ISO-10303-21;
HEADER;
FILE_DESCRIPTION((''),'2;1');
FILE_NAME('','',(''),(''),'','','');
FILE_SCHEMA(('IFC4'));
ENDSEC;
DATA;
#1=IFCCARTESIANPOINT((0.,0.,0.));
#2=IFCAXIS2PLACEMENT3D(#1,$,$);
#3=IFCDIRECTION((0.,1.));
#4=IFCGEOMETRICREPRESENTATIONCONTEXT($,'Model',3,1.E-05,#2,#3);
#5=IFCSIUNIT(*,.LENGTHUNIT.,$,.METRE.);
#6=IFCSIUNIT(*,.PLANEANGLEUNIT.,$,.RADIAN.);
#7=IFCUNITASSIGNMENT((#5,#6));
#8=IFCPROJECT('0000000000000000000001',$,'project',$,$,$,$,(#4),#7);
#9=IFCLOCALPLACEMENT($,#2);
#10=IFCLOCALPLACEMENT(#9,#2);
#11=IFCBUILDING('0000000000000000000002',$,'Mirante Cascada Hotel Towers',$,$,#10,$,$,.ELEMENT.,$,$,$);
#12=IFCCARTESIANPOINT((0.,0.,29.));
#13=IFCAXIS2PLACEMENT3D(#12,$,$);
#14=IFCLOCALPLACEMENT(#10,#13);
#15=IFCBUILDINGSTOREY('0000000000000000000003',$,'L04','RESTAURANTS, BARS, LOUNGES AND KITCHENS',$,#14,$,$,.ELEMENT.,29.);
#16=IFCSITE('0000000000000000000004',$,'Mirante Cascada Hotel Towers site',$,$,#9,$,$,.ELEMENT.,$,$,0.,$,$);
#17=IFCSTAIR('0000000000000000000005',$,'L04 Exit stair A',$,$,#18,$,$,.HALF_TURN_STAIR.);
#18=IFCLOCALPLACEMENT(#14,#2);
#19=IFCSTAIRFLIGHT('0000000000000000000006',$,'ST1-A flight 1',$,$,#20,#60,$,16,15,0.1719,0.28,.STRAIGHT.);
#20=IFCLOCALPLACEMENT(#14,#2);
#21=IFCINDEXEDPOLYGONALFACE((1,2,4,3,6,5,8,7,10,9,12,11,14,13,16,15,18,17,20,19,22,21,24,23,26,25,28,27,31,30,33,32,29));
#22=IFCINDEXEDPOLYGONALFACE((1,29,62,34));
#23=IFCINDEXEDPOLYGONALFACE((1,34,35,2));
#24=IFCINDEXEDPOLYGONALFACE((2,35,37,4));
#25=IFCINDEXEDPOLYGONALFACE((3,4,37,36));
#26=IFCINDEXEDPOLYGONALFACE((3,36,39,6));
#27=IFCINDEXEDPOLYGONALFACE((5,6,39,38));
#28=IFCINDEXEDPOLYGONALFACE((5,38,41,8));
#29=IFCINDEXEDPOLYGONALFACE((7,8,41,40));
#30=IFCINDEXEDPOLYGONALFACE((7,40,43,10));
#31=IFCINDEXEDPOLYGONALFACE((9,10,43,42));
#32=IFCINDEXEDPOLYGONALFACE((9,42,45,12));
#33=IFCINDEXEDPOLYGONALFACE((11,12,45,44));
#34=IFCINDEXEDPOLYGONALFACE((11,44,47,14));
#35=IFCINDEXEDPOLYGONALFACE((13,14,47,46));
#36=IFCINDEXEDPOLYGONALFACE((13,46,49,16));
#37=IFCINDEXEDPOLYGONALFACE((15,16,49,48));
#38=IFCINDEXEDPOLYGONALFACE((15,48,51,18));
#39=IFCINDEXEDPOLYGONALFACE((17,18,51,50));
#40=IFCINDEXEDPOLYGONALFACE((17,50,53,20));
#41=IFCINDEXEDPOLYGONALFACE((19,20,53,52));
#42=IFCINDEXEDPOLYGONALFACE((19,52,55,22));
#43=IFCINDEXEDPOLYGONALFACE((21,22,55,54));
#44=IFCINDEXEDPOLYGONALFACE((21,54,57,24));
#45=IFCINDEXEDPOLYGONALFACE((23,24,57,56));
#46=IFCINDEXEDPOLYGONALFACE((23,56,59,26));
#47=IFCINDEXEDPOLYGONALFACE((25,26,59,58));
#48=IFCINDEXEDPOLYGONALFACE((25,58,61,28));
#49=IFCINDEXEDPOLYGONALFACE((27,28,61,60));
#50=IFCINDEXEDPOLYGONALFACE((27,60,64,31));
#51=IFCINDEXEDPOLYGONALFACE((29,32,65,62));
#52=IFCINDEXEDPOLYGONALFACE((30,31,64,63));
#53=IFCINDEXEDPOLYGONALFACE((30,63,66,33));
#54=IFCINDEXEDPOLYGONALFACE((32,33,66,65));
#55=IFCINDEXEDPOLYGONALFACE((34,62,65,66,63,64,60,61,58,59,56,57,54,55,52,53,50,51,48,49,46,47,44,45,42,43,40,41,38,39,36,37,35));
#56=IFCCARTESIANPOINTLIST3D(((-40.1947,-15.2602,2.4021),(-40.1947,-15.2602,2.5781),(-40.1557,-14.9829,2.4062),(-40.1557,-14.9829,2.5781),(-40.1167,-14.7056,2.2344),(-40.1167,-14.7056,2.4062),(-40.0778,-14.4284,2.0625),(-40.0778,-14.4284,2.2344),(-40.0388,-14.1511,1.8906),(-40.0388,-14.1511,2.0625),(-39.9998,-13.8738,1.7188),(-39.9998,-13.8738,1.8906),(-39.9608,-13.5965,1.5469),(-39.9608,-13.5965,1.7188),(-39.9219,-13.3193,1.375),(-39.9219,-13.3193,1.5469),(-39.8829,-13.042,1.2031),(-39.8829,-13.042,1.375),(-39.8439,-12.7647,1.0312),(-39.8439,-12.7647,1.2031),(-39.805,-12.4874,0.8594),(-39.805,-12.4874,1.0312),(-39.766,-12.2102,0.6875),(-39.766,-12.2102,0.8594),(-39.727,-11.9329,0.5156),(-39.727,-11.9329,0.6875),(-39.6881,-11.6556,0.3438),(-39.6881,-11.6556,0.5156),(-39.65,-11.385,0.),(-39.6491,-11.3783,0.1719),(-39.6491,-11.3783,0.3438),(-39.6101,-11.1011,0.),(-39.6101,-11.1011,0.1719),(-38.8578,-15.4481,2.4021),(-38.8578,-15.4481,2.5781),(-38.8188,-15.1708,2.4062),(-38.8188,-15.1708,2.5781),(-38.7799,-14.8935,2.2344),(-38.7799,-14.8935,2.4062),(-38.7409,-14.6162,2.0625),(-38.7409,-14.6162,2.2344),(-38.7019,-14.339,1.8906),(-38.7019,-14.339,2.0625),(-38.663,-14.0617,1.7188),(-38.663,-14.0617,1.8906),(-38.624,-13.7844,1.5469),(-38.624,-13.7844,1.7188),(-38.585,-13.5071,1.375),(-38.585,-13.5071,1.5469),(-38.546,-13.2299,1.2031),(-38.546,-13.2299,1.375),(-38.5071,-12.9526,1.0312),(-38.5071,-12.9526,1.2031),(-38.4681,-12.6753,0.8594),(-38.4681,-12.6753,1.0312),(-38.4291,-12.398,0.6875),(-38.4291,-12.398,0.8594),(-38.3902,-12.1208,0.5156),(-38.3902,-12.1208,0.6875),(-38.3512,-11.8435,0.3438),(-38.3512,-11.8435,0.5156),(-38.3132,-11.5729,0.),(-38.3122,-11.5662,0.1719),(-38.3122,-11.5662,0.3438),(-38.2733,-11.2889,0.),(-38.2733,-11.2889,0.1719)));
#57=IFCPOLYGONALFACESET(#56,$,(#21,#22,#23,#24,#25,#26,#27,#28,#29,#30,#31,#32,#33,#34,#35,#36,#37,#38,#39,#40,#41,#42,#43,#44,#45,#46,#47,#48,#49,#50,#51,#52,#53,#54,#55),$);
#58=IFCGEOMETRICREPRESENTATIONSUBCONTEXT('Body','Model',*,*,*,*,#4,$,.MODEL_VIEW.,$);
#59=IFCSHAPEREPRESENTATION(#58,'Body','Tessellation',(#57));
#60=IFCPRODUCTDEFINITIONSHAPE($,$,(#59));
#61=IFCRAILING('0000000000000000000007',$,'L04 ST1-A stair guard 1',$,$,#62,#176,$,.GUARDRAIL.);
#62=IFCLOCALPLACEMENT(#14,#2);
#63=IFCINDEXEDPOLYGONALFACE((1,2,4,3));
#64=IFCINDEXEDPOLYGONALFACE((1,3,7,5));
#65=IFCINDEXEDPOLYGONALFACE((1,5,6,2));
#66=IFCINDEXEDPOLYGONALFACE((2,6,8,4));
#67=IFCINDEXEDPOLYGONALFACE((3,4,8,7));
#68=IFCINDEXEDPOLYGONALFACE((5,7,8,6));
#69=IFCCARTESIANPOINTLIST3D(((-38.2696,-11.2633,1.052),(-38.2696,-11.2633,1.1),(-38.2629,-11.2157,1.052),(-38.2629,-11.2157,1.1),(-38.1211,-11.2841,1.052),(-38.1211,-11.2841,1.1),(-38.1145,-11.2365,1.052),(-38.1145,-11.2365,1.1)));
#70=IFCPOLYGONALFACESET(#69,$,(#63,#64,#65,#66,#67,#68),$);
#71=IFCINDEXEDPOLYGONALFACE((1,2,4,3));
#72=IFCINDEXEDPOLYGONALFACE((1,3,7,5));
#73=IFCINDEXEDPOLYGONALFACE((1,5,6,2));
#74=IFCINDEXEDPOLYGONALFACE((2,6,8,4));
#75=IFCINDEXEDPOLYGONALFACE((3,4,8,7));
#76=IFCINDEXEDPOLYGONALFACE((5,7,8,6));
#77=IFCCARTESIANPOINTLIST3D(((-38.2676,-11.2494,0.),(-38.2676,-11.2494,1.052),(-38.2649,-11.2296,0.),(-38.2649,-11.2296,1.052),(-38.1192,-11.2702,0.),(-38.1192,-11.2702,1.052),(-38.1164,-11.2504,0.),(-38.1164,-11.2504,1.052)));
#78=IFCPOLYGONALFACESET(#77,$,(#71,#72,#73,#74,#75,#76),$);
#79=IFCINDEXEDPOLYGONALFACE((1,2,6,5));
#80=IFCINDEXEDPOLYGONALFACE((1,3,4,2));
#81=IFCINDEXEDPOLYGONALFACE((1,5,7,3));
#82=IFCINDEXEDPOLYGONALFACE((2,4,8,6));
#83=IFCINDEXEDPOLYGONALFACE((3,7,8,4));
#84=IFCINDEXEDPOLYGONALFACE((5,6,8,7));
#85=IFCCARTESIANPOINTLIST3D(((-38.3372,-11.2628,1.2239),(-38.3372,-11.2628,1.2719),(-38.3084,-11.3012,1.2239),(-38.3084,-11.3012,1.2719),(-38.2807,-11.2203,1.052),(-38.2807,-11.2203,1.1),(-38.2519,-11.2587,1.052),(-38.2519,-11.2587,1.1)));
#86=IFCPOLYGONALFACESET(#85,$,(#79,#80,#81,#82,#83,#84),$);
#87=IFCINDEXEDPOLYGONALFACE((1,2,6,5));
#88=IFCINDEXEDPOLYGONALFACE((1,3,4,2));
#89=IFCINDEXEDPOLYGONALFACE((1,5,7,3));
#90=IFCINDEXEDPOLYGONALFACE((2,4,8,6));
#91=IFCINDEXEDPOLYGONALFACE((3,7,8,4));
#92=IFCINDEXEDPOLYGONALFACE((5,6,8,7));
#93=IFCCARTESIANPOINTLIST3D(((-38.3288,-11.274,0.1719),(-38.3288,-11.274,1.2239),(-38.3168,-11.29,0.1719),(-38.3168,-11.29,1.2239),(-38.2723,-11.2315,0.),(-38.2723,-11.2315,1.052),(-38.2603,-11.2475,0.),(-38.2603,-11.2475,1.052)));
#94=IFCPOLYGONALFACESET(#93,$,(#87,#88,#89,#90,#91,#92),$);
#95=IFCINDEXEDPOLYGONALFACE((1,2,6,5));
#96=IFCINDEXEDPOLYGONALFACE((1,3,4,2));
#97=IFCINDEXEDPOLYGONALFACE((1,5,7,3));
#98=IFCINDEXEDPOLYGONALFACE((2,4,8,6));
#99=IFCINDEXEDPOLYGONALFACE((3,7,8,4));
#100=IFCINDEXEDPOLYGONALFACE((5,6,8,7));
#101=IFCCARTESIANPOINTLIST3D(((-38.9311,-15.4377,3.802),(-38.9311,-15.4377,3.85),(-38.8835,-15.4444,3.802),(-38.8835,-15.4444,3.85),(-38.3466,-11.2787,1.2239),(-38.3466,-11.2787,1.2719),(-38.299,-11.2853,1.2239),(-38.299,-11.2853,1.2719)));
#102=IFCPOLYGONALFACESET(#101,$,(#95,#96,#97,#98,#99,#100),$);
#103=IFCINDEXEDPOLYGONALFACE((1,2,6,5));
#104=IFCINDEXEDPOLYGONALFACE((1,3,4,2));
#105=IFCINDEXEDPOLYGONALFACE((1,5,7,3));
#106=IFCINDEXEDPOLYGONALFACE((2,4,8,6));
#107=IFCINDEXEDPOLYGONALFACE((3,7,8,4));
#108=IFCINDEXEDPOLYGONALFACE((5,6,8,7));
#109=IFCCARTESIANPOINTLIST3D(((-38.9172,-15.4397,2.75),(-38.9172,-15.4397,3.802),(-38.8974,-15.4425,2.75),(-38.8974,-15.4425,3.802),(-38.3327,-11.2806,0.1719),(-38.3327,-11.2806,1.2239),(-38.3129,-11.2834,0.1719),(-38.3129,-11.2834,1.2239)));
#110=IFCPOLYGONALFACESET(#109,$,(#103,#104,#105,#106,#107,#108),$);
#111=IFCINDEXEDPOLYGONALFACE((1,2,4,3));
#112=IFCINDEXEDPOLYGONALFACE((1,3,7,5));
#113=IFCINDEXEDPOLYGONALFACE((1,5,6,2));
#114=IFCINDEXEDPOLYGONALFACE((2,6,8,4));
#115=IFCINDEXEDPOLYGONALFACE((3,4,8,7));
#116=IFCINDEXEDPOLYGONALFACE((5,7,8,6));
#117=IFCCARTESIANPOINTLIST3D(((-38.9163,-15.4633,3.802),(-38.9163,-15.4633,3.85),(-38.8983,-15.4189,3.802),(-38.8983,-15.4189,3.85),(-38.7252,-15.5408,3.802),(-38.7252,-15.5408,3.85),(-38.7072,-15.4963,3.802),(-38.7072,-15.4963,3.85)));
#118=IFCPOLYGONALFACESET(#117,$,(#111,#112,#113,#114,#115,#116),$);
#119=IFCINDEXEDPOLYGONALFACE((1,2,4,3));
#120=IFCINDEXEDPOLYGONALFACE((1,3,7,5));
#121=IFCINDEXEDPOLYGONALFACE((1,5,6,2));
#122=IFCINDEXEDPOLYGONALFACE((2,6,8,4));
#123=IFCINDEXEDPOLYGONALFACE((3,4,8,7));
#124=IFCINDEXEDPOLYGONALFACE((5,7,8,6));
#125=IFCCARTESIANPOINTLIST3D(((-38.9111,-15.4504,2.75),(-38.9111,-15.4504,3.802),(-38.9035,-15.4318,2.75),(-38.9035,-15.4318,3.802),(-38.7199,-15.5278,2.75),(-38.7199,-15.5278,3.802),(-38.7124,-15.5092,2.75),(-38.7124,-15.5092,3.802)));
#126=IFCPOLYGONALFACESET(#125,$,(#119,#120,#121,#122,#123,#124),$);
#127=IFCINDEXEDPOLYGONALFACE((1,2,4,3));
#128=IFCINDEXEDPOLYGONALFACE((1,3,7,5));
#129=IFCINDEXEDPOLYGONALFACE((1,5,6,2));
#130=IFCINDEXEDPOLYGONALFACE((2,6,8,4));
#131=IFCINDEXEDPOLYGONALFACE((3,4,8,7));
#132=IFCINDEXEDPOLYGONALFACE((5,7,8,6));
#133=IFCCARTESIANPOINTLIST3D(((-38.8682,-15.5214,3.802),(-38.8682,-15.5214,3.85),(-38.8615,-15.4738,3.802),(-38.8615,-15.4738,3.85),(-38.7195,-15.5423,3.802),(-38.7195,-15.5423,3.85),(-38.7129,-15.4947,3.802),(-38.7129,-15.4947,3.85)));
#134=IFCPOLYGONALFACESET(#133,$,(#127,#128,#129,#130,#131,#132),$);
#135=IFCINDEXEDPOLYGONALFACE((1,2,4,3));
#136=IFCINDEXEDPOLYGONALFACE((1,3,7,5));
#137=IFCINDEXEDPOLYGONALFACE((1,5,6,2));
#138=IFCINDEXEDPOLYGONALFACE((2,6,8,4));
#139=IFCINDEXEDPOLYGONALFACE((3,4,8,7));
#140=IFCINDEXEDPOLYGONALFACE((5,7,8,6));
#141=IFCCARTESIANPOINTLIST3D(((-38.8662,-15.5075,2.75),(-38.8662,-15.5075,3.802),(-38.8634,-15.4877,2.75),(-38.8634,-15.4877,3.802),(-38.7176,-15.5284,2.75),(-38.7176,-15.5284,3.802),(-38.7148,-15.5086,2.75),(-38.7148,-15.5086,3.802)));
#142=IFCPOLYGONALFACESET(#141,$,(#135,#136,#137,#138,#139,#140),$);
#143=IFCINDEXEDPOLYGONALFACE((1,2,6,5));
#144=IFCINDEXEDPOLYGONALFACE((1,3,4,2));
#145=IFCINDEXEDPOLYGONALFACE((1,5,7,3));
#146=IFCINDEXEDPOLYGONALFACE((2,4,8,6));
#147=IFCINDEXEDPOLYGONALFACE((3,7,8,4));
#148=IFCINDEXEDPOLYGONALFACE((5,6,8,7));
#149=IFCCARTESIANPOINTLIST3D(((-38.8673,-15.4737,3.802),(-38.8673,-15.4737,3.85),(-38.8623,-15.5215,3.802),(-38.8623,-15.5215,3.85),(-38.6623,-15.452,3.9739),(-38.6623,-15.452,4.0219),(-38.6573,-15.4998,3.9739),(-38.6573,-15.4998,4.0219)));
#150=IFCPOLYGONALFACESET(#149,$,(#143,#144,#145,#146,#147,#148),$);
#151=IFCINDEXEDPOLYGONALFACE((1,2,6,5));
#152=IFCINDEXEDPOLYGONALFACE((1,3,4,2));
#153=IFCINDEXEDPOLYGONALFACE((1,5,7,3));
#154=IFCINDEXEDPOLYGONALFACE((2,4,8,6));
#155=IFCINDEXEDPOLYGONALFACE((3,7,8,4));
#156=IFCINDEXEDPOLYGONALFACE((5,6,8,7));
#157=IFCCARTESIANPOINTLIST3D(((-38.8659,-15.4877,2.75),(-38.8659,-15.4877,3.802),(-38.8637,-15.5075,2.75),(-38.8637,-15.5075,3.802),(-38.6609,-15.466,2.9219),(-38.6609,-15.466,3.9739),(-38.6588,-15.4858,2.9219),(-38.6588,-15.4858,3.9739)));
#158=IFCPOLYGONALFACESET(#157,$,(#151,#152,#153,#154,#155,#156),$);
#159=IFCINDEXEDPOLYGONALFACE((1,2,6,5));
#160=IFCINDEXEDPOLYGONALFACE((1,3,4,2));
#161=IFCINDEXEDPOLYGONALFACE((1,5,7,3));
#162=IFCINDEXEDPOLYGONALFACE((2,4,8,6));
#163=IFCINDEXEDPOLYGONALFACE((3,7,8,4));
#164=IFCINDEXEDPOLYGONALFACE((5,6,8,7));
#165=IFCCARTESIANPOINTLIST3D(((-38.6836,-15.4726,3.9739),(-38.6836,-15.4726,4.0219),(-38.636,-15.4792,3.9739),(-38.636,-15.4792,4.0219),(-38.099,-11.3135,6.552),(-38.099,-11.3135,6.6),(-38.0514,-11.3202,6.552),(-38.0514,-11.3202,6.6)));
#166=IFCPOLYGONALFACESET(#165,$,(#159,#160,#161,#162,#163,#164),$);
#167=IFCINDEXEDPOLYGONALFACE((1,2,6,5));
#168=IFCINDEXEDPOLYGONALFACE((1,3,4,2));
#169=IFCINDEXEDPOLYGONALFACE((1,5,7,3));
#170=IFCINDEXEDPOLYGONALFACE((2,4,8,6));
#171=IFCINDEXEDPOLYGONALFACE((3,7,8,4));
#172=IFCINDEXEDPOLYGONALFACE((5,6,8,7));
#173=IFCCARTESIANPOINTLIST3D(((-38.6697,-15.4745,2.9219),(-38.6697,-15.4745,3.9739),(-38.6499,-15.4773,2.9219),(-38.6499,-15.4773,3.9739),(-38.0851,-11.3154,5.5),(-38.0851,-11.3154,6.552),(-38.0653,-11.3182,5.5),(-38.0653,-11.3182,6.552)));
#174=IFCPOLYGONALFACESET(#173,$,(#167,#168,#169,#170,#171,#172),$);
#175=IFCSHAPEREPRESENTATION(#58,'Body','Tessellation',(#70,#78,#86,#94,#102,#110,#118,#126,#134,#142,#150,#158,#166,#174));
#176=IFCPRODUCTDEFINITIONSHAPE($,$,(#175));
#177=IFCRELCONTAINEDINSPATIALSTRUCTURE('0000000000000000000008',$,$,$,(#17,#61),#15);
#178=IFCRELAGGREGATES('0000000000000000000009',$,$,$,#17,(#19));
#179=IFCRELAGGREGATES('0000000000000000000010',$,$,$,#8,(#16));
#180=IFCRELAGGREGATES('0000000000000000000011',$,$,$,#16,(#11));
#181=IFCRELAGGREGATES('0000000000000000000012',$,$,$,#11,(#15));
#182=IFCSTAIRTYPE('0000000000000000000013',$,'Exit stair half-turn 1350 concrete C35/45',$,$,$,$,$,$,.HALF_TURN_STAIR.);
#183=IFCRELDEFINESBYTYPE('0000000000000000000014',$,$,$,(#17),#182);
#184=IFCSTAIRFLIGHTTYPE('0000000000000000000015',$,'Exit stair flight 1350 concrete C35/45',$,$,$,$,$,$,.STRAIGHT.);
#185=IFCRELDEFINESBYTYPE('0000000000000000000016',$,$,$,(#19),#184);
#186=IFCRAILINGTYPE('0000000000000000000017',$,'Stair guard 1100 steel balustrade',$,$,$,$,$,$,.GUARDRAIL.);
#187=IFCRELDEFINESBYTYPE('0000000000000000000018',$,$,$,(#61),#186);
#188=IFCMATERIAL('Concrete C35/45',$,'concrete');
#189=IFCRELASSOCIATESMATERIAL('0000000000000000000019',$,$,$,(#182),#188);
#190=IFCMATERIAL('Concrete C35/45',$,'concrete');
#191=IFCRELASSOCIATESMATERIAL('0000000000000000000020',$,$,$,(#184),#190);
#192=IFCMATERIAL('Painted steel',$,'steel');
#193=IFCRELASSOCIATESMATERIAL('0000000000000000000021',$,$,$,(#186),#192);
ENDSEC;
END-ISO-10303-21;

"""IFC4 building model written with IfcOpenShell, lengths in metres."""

from ifc_helpers import new_model, si_unit, direction, frame, origin, origin_2d, place, context, subcontext, project, spatial, polyline, rectangle, outline, extrude, material, type_object, element, aggregate, save


model = new_model("IFC4")

# Units and contexts
model_context = context("Model", 3, precision=1e-05, world=origin(), true_north=direction((0.0, 1.0)))
body_context = subcontext(model_context, "Body", "Model", "MODEL_VIEW")
ifc_project = project(units=[si_unit("LENGTHUNIT", "METRE"), si_unit("PLANEANGLEUNIT", "RADIAN")], contexts=[model_context])

# Site, building, storey
site_placement = place(None, origin())
site = spatial("IfcSite", under=ifc_project, at=site_placement, Name="Mirante Cascada Hotel Towers site", CompositionType="ELEMENT", RefElevation=0.0)
building_placement = place(site_placement, origin())
building = spatial("IfcBuilding", under=site, at=building_placement, Name="Mirante Cascada Hotel Towers", CompositionType="ELEMENT")
storey_placement = place(building_placement, frame((0.0, 0.0, 29.0)))
storey = spatial("IfcBuildingStorey", under=building, at=storey_placement, Name="L04", Description="RESTAURANTS, BARS, LOUNGES AND KITCHENS", CompositionType="ELEMENT", Elevation=29.0)

# Stair, stair flight
ifc_material_1 = material(Name="Concrete C35/45", Category="concrete")
stair_type = type_object("IfcStairType", Name="Exit stair half-turn 1350 concrete C35/45", PredefinedType="HALF_TURN_STAIR", material=ifc_material_1)
stair_placement = place(storey_placement, origin())
stair = element("IfcStair", 1, at=stair_placement, inside=storey, type_object=stair_type, Name="L04 Exit stair A", PredefinedType="HALF_TURN_STAIR")
ifc_material_2 = material(Name="Concrete C35/45", Category="concrete")
stair_flight_type = type_object("IfcStairFlightType", Name="Exit stair flight 1350 concrete C35/45", PredefinedType="STRAIGHT", material=ifc_material_2)
stair_flight_placement = place(storey_placement, frame((-38.9417, -11.195, 0.0), z_axis=(0.0, 0.0, 1.0), x_axis=(-0.139173, -0.990268, 0.0)))
stair_flight = element("IfcStairFlight", 2, at=stair_flight_placement, type_object=stair_flight_type, Name="ST1-A flight 1", NumberOfRisers=16, NumberOfTreads=15, PredefinedType="STRAIGHT", RiserHeight=0.1719, TreadLength=0.28, context=body_context, shape_type="SweptSolid", body=[
    extrude(outline(polyline([(0.0, 0.0), (0.0, 0.1719), (0.28, 0.1719), (0.28, 0.3438), (0.56, 0.3438), (0.56, 0.5156), (0.84, 0.5156), (0.84, 0.6875), (1.12, 0.6875), (1.12, 0.8594), (1.4, 0.8594), (1.4, 1.0312), (1.68, 1.0312), (1.68, 1.2031), (1.96, 1.2031), (1.96, 1.375), (2.24, 1.375), (2.24, 1.5469), (2.52, 1.5469), (2.52, 1.7188), (2.8, 1.7188), (2.8, 1.8906), (3.08, 1.8906), (3.08, 2.0625), (3.36, 2.0625), (3.36, 2.2344), (3.64, 2.2344), (3.64, 2.4062), (3.92, 2.4062), (3.92, 2.5781), (4.2, 2.5781), (4.2, 2.75), (4.2, 2.4021), (0.2867, 0.0), (0.0, 0.0)])), frame((0.0, 0.675, 0.0), z_axis=(0.0, -1.0, 0.0), x_axis=(1.0, 0.0, 0.0)), (0.0, 0.0, 1.0), 1.35),
])
aggregate(stair, [stair_flight])

# Railing
ifc_material_3 = material(Name="Painted steel", Category="steel")
railing_type_1 = type_object("IfcRailingType", Name="Stair guard 1100 steel balustrade", PredefinedType="GUARDRAIL", material=ifc_material_3)
railing_1_placement = place(storey_placement, frame((-38.1178, -11.2603, 0.0)))
element("IfcRailing", 3, at=railing_1_placement, inside=storey, type_object=railing_type_1, Name="L04 ST1-A stair guard 1", PredefinedType="GUARDRAIL", context=body_context, shape_type="SweptSolid", body=[
    extrude(rectangle(XDim=0.048, YDim=0.048, at=origin_2d()), frame((0.0, 0.0, 1.076), z_axis=(-0.990333, 0.138713, 0.0), x_axis=(-0.138713, -0.990333, 0.0)), (0.0, 0.0, 1.0), 0.1499),
    extrude(rectangle(XDim=0.02, YDim=1.052, at=origin_2d()), frame((0.0, 0.0, 0.526), z_axis=(-0.990333, 0.138713, 0.0), x_axis=(-0.138713, -0.990333, 0.0)), (0.0, 0.0, 1.0), 0.1499),
    extrude(rectangle(XDim=0.048, YDim=0.048, at=origin_2d()), frame((-0.1485, 0.0208, 1.076), z_axis=(-0.79915, -0.601131, 0.0), x_axis=(0.601131, -0.79915, 0.0)), (0.0, 0.924834, 0.380371), 0.1859),
    extrude(rectangle(XDim=0.02, YDim=1.052, at=origin_2d()), frame((-0.1485, 0.0208, 0.526), z_axis=(-0.79915, -0.601131, 0.0), x_axis=(0.601131, -0.79915, 0.0)), (0.0, 0.924834, 0.380371), 0.1859),
    extrude(rectangle(XDim=0.048, YDim=0.048, at=origin_2d()), frame((-0.205, -0.0217, 1.2479), z_axis=(-0.139168, -0.990269, 0.0), x_axis=(0.990269, -0.139168, 0.0)), (0.0, 0.523141, 0.852246), 4.9281),
    extrude(rectangle(XDim=0.02, YDim=1.052, at=origin_2d()), frame((-0.205, -0.0217, 0.6979), z_axis=(-0.139168, -0.990269, 0.0), x_axis=(0.990269, -0.139168, 0.0)), (0.0, 0.523141, 0.852246), 4.9281),
    extrude(rectangle(XDim=0.048, YDim=0.048, at=origin_2d()), frame((-0.7895, -4.1808, 3.826), z_axis=(0.926862, -0.375401, 0.0), x_axis=(0.375401, 0.926862, 0.0)), (0.0, 0.0, 1.0), 0.2062),
    extrude(rectangle(XDim=0.02, YDim=1.052, at=origin_2d()), frame((-0.7895, -4.1808, 3.276), z_axis=(0.926862, -0.375401, 0.0), x_axis=(0.375401, 0.926862, 0.0)), (0.0, 0.0, 1.0), 0.2062),
    extrude(rectangle(XDim=0.048, YDim=0.048, at=origin_2d()), frame((-0.5984, -4.2582, 3.826), z_axis=(-0.990254, 0.139275, 0.0), x_axis=(-0.139275, -0.990254, 0.0)), (0.0, 0.0, 1.0), 0.1501),
    extrude(rectangle(XDim=0.02, YDim=1.052, at=origin_2d()), frame((-0.5984, -4.2582, 3.276), z_axis=(-0.990254, 0.139275, 0.0), x_axis=(-0.139275, -0.990254, 0.0)), (0.0, 0.0, 1.0), 0.1501),
    extrude(rectangle(XDim=0.048, YDim=0.048, at=origin_2d()), frame((-0.747, -4.2373, 3.826), z_axis=(0.994444, 0.105266, 0.0), x_axis=(-0.105266, 0.994444, 0.0)), (0.0, 0.640431, 0.768016), 0.2684),
    extrude(rectangle(XDim=0.02, YDim=1.052, at=origin_2d()), frame((-0.747, -4.2373, 3.276), z_axis=(0.994444, 0.105266, 0.0), x_axis=(-0.105266, 0.994444, 0.0)), (0.0, 0.640431, 0.768016), 0.2684),
    extrude(rectangle(XDim=0.048, YDim=0.048, at=origin_2d()), frame((-0.542, -4.2156, 3.9979), z_axis=(0.139191, 0.990266, 0.0), x_axis=(-0.990266, 0.139191, 0.0)), (0.0, 0.52314, 0.852247), 4.9281),
    extrude(rectangle(XDim=0.02, YDim=1.052, at=origin_2d()), frame((-0.542, -4.2156, 3.4479), z_axis=(0.139191, 0.990266, 0.0), x_axis=(-0.990266, 0.139191, 0.0)), (0.0, 0.52314, 0.852247), 4.9281),
])

save(model, "model.ifc")
